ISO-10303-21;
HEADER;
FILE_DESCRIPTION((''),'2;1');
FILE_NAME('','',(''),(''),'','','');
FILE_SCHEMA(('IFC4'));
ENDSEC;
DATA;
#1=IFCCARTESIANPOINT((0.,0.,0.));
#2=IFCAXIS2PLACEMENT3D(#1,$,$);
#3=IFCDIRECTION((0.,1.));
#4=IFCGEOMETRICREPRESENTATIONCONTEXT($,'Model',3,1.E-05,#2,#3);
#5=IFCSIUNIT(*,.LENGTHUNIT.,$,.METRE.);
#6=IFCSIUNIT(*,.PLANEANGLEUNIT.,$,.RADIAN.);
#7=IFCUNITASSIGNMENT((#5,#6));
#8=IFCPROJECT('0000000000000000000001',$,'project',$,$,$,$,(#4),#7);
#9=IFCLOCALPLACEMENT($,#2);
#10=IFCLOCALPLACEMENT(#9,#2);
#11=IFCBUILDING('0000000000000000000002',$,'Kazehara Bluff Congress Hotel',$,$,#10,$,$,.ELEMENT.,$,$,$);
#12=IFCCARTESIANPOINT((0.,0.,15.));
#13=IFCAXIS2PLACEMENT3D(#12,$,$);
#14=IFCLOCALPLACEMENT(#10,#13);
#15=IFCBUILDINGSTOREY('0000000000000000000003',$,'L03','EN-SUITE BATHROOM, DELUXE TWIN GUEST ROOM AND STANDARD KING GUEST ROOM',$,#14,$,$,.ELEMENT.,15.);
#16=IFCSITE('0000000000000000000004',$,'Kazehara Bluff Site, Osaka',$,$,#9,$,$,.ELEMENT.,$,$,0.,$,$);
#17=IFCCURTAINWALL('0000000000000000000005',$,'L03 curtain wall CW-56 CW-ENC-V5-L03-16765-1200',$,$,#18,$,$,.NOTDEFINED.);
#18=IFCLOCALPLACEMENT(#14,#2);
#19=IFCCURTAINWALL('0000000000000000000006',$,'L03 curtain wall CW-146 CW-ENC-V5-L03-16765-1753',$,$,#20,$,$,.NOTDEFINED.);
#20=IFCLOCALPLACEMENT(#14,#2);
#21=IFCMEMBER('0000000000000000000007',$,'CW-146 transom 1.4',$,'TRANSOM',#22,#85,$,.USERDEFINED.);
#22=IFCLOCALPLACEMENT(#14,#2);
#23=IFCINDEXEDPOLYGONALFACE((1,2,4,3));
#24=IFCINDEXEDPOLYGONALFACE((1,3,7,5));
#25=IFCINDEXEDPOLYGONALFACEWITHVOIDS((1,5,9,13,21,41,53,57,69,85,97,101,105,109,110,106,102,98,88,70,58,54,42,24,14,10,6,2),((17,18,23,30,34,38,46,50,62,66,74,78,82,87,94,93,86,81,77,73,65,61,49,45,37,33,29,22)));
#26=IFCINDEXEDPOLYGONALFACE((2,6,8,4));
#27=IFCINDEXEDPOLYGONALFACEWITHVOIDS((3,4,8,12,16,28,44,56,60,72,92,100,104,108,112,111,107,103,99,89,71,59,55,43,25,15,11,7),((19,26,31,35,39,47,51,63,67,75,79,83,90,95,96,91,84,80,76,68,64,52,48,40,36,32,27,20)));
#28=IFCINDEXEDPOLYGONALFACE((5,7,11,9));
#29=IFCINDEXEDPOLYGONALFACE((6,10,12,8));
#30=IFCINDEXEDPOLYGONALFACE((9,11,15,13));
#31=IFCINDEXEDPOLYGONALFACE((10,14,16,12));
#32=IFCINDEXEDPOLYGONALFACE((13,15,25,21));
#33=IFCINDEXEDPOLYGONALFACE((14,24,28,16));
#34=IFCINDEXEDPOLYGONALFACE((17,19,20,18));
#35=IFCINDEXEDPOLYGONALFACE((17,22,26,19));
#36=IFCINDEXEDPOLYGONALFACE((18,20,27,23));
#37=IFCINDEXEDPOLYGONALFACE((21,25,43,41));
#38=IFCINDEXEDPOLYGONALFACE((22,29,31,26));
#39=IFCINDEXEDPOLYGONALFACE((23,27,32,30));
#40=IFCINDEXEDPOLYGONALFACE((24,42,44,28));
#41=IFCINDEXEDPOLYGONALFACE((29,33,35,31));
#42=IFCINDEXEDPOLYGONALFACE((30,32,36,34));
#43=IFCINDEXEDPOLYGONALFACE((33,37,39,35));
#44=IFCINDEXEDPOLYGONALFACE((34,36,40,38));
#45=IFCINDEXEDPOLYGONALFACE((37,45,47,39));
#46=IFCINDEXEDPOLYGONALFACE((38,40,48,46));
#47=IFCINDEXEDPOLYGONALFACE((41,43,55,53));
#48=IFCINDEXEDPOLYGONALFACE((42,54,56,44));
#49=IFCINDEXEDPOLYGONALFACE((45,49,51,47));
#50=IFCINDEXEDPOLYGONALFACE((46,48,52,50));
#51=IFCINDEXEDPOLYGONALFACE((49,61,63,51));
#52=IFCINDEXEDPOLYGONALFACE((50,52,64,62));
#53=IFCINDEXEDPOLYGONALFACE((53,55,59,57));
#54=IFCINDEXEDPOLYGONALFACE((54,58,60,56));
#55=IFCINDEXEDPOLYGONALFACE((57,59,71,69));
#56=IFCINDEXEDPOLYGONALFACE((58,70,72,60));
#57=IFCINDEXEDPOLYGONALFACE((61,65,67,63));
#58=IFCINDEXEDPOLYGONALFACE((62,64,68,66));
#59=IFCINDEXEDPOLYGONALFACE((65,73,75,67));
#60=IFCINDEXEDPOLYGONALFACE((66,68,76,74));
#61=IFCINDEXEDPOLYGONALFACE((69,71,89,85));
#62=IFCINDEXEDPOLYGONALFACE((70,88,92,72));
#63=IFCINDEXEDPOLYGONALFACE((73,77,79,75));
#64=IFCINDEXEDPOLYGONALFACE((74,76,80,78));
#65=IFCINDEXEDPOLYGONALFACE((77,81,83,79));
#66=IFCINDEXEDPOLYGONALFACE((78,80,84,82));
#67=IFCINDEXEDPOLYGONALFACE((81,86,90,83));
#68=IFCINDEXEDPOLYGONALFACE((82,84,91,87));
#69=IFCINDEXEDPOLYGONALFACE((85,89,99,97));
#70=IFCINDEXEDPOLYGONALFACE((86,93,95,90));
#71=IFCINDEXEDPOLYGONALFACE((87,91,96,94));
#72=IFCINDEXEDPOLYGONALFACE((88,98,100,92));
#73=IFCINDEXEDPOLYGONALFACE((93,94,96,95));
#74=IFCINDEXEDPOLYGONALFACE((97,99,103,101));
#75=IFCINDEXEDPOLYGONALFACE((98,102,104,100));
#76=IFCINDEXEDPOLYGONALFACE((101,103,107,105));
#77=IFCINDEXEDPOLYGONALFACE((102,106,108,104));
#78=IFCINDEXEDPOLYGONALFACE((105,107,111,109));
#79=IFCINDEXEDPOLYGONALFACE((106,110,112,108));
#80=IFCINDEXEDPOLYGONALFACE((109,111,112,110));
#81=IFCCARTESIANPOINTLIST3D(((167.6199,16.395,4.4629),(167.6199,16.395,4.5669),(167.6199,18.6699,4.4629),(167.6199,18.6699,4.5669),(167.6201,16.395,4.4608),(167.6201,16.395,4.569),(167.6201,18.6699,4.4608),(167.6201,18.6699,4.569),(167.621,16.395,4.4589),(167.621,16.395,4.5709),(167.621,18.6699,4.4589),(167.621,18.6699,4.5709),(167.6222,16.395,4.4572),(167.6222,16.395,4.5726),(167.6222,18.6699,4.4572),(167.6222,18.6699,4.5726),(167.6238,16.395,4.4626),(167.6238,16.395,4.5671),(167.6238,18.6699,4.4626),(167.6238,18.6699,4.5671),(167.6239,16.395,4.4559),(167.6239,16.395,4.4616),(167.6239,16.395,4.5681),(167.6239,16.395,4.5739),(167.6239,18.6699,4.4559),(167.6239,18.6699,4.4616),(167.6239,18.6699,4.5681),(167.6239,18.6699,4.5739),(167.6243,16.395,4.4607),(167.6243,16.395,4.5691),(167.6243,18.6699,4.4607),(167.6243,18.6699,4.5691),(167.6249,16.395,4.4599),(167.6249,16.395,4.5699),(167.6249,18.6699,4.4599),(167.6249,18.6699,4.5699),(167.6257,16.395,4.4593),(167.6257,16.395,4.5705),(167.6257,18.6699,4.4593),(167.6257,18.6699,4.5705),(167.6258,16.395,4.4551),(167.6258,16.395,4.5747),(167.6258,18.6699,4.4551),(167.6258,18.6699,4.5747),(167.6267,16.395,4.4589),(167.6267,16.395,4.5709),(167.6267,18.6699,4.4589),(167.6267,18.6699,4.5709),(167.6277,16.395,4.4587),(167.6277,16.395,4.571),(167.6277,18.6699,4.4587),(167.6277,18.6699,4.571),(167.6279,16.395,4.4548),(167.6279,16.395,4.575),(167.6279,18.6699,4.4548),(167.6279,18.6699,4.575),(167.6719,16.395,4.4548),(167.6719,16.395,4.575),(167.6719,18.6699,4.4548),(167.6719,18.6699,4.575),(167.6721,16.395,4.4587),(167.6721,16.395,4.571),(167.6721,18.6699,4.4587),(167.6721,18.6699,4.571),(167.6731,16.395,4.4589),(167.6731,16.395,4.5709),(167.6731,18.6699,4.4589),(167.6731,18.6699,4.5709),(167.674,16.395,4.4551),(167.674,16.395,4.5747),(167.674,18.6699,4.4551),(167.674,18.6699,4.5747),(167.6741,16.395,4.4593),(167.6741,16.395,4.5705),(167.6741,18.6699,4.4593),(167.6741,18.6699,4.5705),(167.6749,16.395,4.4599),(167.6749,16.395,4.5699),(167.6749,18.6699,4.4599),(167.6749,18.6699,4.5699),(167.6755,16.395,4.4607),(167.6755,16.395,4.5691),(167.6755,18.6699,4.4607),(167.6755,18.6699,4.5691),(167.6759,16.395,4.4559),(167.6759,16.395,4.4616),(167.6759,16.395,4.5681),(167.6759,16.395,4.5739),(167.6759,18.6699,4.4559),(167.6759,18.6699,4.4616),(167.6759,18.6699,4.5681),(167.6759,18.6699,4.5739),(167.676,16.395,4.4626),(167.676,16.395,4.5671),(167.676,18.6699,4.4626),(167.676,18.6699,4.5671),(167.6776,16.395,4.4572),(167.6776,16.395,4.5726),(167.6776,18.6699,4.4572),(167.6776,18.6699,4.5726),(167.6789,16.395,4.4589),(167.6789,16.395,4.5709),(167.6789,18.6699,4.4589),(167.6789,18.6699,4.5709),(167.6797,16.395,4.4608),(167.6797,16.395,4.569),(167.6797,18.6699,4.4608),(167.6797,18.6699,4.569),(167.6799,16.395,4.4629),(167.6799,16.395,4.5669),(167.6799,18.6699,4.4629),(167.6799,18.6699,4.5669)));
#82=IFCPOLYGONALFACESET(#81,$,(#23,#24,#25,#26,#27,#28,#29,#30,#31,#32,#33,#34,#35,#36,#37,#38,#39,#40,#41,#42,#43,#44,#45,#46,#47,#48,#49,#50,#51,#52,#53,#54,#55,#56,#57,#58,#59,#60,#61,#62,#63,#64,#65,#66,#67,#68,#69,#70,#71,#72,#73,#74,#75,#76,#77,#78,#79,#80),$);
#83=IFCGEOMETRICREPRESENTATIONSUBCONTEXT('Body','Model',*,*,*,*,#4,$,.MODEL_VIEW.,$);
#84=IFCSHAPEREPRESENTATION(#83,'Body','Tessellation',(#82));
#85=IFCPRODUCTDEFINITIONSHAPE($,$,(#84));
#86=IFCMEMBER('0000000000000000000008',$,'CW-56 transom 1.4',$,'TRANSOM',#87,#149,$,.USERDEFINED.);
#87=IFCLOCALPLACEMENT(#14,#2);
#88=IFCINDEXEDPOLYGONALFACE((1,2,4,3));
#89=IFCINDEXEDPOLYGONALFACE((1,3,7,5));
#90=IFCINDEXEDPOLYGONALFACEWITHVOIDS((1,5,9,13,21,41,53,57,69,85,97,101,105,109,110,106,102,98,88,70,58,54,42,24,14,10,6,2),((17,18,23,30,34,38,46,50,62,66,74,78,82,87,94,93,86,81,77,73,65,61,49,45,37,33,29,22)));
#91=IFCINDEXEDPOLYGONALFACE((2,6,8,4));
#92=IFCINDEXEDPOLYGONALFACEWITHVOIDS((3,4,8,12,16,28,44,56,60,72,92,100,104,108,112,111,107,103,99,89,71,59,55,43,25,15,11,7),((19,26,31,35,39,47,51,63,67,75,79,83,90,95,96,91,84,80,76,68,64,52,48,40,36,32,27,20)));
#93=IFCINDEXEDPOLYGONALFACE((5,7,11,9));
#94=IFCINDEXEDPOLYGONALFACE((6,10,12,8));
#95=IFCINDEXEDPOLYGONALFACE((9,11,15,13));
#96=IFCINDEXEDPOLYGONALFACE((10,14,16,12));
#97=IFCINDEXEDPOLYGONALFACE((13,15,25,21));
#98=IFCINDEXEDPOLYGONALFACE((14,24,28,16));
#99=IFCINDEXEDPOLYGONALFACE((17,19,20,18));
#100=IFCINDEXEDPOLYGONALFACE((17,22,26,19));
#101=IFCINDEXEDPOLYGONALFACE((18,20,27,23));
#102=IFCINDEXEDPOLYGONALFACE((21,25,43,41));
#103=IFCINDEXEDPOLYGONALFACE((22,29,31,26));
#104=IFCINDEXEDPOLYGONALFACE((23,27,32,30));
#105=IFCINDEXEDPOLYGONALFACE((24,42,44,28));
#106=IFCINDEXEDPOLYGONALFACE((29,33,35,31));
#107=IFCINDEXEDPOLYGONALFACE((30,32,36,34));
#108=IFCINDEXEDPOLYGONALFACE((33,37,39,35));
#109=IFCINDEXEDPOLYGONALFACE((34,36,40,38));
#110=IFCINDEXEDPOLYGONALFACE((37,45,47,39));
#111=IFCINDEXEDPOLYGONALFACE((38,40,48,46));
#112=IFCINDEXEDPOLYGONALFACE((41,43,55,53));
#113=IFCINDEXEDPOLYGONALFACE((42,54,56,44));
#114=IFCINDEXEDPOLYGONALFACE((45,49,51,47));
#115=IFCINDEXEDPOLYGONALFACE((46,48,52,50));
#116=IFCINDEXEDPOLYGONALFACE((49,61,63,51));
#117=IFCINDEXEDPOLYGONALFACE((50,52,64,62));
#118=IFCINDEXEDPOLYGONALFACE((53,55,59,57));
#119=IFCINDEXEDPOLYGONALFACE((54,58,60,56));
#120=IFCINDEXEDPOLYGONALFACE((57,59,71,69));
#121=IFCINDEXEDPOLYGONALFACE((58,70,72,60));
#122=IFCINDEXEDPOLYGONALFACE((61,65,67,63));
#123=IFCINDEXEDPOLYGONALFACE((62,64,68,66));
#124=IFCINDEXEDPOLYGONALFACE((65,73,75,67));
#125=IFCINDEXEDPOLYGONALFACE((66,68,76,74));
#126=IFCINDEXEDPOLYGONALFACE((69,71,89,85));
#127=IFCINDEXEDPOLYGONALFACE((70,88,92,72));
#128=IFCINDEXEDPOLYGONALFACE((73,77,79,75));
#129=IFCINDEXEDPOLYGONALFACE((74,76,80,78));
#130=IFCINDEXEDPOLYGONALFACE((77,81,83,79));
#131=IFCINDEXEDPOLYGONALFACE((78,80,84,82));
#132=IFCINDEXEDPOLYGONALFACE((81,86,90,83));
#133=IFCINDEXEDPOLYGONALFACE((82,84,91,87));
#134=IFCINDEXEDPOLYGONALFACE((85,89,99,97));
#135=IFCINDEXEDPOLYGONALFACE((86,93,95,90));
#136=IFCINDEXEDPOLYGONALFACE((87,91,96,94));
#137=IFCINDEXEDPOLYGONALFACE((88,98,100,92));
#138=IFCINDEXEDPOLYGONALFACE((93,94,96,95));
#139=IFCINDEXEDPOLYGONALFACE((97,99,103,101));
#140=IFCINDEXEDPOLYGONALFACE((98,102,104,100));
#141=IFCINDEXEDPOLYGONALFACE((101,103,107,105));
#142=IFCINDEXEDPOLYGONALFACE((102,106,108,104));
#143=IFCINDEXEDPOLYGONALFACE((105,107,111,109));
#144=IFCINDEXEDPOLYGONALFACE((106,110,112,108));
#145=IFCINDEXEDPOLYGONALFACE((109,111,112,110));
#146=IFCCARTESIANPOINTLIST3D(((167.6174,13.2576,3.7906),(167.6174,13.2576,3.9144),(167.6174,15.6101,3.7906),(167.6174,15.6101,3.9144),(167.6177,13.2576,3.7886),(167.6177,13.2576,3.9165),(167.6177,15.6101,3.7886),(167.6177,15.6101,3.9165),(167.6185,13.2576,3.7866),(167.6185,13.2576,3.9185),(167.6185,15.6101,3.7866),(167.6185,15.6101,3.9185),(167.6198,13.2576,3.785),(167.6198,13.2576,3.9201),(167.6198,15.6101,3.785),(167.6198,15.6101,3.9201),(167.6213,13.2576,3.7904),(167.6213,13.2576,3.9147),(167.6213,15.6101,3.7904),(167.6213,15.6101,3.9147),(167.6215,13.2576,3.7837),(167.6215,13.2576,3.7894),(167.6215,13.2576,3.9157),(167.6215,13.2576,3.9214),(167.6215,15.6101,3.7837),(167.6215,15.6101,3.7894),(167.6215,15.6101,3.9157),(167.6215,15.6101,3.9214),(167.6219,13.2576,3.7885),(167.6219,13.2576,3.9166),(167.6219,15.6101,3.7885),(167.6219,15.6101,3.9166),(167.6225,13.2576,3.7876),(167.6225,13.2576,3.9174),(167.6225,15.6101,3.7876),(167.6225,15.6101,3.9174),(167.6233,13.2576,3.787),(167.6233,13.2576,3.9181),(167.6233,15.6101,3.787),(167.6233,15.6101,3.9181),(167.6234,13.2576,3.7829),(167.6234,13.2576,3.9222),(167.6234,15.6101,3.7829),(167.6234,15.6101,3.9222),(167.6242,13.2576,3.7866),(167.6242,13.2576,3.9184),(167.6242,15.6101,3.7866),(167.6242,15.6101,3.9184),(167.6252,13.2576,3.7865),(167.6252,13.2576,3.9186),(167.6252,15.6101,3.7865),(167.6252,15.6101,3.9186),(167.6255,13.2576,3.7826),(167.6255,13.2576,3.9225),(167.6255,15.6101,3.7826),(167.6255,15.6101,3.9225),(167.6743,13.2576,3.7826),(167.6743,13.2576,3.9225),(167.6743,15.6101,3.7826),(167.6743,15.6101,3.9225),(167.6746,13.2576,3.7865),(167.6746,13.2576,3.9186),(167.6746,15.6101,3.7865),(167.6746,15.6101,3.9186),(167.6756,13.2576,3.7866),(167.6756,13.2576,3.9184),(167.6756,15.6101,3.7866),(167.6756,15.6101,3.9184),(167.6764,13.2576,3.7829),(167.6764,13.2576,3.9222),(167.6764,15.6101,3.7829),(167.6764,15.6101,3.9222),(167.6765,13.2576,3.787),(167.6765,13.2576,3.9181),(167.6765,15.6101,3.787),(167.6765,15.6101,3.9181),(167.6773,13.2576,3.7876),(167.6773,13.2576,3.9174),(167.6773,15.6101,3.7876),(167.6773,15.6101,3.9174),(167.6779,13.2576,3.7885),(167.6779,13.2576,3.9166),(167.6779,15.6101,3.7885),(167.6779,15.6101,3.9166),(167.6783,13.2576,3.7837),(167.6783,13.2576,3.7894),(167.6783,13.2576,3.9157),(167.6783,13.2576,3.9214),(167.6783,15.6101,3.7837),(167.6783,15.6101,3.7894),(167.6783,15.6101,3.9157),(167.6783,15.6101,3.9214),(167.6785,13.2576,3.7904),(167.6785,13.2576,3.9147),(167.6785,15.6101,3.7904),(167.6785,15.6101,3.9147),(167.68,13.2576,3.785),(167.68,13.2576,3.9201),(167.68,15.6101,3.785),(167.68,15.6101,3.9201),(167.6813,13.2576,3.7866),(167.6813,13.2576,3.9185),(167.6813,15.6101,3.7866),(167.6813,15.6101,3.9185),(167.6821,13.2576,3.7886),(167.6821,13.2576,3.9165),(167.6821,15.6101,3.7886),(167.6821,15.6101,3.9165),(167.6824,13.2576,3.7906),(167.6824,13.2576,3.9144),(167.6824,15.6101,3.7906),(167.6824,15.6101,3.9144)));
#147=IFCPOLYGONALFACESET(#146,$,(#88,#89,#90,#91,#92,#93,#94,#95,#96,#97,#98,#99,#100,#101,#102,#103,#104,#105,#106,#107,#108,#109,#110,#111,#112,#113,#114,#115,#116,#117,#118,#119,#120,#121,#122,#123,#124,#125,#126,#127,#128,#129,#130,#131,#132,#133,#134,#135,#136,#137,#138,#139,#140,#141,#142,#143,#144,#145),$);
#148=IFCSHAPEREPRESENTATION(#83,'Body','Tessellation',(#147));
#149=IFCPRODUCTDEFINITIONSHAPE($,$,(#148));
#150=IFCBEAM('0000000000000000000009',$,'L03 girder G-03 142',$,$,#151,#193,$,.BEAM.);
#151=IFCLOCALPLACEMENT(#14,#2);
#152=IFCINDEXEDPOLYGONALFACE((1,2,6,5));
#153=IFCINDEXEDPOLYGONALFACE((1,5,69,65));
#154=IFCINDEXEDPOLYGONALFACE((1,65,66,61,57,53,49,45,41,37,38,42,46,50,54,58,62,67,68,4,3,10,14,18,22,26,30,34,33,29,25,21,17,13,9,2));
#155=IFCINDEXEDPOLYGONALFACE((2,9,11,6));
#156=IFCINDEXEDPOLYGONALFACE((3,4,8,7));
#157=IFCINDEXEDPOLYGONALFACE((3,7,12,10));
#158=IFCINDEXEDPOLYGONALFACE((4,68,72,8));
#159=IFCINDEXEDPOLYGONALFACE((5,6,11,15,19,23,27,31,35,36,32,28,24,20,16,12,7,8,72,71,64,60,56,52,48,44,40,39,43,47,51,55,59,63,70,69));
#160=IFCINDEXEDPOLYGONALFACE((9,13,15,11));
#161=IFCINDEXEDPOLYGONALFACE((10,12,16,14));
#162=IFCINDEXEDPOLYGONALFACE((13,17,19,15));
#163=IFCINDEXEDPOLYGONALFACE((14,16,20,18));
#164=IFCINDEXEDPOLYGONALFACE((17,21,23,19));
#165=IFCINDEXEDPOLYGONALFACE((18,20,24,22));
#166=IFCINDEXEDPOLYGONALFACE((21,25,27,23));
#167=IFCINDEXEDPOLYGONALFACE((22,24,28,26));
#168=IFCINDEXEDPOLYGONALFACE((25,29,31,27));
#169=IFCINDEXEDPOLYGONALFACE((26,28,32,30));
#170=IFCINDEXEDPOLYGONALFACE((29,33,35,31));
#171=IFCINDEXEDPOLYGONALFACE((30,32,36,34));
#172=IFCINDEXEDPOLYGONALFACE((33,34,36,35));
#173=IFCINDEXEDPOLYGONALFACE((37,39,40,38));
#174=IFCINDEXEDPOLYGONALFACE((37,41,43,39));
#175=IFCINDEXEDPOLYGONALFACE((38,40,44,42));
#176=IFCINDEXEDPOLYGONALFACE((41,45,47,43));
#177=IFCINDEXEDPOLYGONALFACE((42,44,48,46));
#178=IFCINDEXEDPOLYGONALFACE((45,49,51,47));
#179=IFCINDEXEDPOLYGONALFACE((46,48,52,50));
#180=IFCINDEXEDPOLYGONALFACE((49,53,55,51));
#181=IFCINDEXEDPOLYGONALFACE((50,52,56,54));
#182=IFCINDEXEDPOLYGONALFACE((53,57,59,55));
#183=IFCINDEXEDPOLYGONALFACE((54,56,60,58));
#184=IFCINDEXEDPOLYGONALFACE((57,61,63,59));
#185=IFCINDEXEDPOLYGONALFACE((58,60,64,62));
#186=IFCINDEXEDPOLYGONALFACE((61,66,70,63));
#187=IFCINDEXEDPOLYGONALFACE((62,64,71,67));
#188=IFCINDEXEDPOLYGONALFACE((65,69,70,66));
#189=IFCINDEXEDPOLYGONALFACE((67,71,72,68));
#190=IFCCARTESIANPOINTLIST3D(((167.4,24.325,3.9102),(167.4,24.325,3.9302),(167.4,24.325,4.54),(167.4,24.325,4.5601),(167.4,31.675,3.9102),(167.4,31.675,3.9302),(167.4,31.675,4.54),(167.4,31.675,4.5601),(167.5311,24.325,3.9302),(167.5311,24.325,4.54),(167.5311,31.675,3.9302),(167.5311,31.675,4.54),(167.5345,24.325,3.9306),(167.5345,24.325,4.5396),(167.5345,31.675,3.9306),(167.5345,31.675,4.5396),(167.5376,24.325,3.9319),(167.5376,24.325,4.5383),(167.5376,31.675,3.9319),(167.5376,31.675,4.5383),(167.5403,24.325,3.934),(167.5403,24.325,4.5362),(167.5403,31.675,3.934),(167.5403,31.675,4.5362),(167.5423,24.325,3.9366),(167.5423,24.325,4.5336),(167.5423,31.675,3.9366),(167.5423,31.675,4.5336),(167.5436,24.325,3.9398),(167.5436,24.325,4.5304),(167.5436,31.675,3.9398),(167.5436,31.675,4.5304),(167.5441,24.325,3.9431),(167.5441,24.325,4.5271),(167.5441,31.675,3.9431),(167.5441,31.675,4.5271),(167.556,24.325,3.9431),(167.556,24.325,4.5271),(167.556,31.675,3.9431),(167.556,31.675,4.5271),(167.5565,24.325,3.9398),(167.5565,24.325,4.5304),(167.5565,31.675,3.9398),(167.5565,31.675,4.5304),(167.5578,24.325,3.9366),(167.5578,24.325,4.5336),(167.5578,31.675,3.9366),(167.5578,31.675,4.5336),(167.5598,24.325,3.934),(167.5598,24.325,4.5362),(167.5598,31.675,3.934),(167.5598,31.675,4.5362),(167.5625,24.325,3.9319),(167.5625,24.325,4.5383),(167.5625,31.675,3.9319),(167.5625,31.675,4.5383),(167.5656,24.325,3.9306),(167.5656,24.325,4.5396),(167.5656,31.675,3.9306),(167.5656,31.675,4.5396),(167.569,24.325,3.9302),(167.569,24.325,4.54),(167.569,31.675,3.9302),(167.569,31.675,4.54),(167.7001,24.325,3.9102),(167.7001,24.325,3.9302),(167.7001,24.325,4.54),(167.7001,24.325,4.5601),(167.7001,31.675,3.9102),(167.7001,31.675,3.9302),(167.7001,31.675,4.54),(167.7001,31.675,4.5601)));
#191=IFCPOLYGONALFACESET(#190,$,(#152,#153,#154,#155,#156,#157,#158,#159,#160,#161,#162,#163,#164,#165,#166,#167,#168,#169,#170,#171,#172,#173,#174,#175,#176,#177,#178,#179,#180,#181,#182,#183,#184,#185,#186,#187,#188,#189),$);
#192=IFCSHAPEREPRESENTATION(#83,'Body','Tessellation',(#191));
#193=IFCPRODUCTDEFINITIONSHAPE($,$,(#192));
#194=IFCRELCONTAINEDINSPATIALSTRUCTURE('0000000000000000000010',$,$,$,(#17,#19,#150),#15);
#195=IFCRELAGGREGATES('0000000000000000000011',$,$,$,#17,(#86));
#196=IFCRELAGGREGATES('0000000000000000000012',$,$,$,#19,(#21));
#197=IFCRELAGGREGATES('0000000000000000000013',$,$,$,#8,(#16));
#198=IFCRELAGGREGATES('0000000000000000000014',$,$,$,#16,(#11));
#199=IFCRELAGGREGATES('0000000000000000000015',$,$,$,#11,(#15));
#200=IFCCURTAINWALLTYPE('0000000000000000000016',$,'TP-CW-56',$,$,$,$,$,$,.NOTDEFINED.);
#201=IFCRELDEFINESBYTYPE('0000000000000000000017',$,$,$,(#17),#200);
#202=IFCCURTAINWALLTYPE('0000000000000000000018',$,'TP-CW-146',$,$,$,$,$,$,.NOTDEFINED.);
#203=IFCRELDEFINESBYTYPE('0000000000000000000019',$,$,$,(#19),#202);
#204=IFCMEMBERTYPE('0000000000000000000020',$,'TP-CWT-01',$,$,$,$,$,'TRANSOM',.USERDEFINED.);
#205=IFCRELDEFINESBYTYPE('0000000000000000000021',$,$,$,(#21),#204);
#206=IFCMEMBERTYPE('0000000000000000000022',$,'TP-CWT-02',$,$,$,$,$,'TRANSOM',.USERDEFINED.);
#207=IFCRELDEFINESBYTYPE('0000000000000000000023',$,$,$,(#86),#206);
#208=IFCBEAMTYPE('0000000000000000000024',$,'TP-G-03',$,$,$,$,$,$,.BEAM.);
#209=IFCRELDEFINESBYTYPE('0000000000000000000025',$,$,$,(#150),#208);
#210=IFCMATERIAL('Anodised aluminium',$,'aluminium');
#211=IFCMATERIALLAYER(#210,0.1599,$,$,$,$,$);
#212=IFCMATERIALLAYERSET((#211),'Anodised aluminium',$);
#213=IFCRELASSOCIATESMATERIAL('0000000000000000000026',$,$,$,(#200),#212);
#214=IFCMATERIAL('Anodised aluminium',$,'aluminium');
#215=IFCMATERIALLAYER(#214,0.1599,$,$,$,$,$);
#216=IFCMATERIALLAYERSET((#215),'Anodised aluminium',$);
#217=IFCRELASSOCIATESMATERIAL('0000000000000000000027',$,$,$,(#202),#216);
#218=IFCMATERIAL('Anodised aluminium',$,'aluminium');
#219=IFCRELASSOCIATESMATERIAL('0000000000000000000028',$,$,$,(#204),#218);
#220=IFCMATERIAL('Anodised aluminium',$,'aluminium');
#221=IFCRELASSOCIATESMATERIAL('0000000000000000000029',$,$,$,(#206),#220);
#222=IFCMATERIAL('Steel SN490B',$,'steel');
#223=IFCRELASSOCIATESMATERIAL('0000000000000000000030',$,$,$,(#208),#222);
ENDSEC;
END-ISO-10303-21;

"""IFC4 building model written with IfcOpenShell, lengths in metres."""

from ifc_helpers import new_model, si_unit, direction, frame, origin, origin_2d, place, context, subcontext, project, spatial, hollow_rectangle, i_section, extrude, material, layer, layer_set, material_profile, profile_set, type_object, element, aggregate, save


model = new_model("IFC4")

# Units and contexts
model_context = context("Model", 3, precision=1e-05, world=origin(), true_north=direction((0.0, 1.0)))
body_context = subcontext(model_context, "Body", "Model", "MODEL_VIEW")
ifc_project = project(units=[si_unit("LENGTHUNIT", "METRE"), si_unit("PLANEANGLEUNIT", "RADIAN")], contexts=[model_context])

# Site, building, storey
site_placement = place(None, origin())
site = spatial("IfcSite", under=ifc_project, at=site_placement, Name="Kazehara Bluff Site, Osaka", CompositionType="ELEMENT", RefElevation=0.0)
building_placement = place(site_placement, origin())
building = spatial("IfcBuilding", under=site, at=building_placement, Name="Kazehara Bluff Congress Hotel", CompositionType="ELEMENT")
storey_placement = place(building_placement, frame((0.0, 0.0, 15.0)))
storey = spatial("IfcBuildingStorey", under=building, at=storey_placement, Name="L03", Description="EN-SUITE BATHROOM, DELUXE TWIN GUEST ROOM AND STANDARD KING GUEST ROOM", CompositionType="ELEMENT", Elevation=15.0)

# Curtain wall
ifc_material_1 = material(Name="Anodised aluminium", Category="aluminium")
ifc_layer_1 = layer(ifc_material_1, 0.1599)
ifc_layer_set_1 = layer_set([ifc_layer_1], Name="Anodised aluminium")
curtain_wall_type_1 = type_object("IfcCurtainWallType", Name="TP-CW-56", PredefinedType="NOTDEFINED", material=ifc_layer_set_1)
curtain_wall_1_placement = place(storey_placement, origin())
curtain_wall_1 = element("IfcCurtainWall", 1, at=curtain_wall_1_placement, inside=storey, type_object=curtain_wall_type_1, Name="L03 curtain wall CW-56 CW-ENC-V5-L03-16765-1200", PredefinedType="NOTDEFINED")

# Curtain wall, member
ifc_material_2 = material(Name="Anodised aluminium", Category="aluminium")
ifc_layer_2 = layer(ifc_material_2, 0.1599)
ifc_layer_set_2 = layer_set([ifc_layer_2], Name="Anodised aluminium")
curtain_wall_type_2 = type_object("IfcCurtainWallType", Name="TP-CW-146", PredefinedType="NOTDEFINED", material=ifc_layer_set_2)
curtain_wall_2_placement = place(storey_placement, origin())
curtain_wall_2 = element("IfcCurtainWall", 2, at=curtain_wall_2_placement, inside=storey, type_object=curtain_wall_type_2, Name="L03 curtain wall CW-146 CW-ENC-V5-L03-16765-1753", PredefinedType="NOTDEFINED")
ifc_material_3 = material(Name="Anodised aluminium", Category="aluminium")
ifc_material_profile_1 = material_profile(ifc_material_3, hollow_rectangle(XDim=0.0601, YDim=0.1201, WallThickness=0.0039, InnerFilletRadius=0.0039, OuterFilletRadius=0.0081, at=origin_2d()))
ifc_profile_set_1 = profile_set([ifc_material_profile_1], Name="Anodised aluminium")
member_type_1 = type_object("IfcMemberType", Name="TP-CWT-01", ElementType="TRANSOM", PredefinedType="USERDEFINED", material=ifc_profile_set_1)
member_1_placement = place(storey_placement, frame((167.6499, 18.6699, 4.5149), z_axis=(0.0, -1.0, 0.0), x_axis=(1.0, 0.0, 0.0)))
member_1 = element("IfcMember", 3, at=member_1_placement, type_object=member_type_1, Name="CW-146 transom 1.4", ObjectType="TRANSOM", PredefinedType="USERDEFINED", context=body_context, shape_type="SweptSolid", body=[
    extrude(hollow_rectangle(XDim=0.0601, YDim=0.1201, WallThickness=0.0039, InnerFilletRadius=0.0039, OuterFilletRadius=0.0081, at=origin_2d()), origin(), (0.0, 0.0, 1.0), 2.2749),
])

# Member
ifc_material_4 = material(Name="Anodised aluminium", Category="aluminium")
ifc_material_profile_2 = material_profile(ifc_material_4, hollow_rectangle(XDim=0.0649, YDim=0.1399, WallThickness=0.0039, InnerFilletRadius=0.0039, OuterFilletRadius=0.0081, at=origin_2d()))
ifc_profile_set_2 = profile_set([ifc_material_profile_2], Name="Anodised aluminium")
member_type_2 = type_object("IfcMemberType", Name="TP-CWT-02", ElementType="TRANSOM", PredefinedType="USERDEFINED", material=ifc_profile_set_2)
member_2_placement = place(storey_placement, frame((167.6499, 15.6101, 3.8525), z_axis=(0.0, -1.0, 0.0), x_axis=(1.0, 0.0, 0.0)))
member_2 = element("IfcMember", 4, at=member_2_placement, type_object=member_type_2, Name="CW-56 transom 1.4", ObjectType="TRANSOM", PredefinedType="USERDEFINED", context=body_context, shape_type="SweptSolid", body=[
    extrude(hollow_rectangle(XDim=0.0649, YDim=0.1399, WallThickness=0.0039, InnerFilletRadius=0.0039, OuterFilletRadius=0.0081, at=origin_2d()), origin(), (0.0, 0.0, 1.0), 2.3525),
])
aggregate(curtain_wall_1, [member_2])

# Beam
ifc_material_5 = material(Name="Steel SN490B", Category="steel")
ifc_material_profile_3 = material_profile(ifc_material_5, i_section(OverallWidth=0.3, OverallDepth=0.6499, WebThickness=0.012, FlangeThickness=0.02, FilletRadius=0.0129, at=origin_2d()))
ifc_profile_set_3 = profile_set([ifc_material_profile_3], Name="Steel SN490B")
beam_type_1 = type_object("IfcBeamType", Name="TP-G-03", PredefinedType="BEAM", material=ifc_profile_set_3)
beam_1_placement = place(storey_placement, frame((167.55, 24.325, 4.2351), z_axis=(0.0, 1.0, 0.0), x_axis=(-1.0, 0.0, 0.0)))
element("IfcBeam", 5, at=beam_1_placement, inside=storey, type_object=beam_type_1, Name="L03 girder G-03 142", PredefinedType="BEAM", context=body_context, shape_type="SweptSolid", body=[
    extrude(i_section(OverallWidth=0.3, OverallDepth=0.6499, WebThickness=0.012, FlangeThickness=0.02, FilletRadius=0.0129, at=origin_2d()), origin(), (0.0, 0.0, 1.0), 7.3501),
])

aggregate(curtain_wall_2, [member_1])

save(model, "model.ifc")
